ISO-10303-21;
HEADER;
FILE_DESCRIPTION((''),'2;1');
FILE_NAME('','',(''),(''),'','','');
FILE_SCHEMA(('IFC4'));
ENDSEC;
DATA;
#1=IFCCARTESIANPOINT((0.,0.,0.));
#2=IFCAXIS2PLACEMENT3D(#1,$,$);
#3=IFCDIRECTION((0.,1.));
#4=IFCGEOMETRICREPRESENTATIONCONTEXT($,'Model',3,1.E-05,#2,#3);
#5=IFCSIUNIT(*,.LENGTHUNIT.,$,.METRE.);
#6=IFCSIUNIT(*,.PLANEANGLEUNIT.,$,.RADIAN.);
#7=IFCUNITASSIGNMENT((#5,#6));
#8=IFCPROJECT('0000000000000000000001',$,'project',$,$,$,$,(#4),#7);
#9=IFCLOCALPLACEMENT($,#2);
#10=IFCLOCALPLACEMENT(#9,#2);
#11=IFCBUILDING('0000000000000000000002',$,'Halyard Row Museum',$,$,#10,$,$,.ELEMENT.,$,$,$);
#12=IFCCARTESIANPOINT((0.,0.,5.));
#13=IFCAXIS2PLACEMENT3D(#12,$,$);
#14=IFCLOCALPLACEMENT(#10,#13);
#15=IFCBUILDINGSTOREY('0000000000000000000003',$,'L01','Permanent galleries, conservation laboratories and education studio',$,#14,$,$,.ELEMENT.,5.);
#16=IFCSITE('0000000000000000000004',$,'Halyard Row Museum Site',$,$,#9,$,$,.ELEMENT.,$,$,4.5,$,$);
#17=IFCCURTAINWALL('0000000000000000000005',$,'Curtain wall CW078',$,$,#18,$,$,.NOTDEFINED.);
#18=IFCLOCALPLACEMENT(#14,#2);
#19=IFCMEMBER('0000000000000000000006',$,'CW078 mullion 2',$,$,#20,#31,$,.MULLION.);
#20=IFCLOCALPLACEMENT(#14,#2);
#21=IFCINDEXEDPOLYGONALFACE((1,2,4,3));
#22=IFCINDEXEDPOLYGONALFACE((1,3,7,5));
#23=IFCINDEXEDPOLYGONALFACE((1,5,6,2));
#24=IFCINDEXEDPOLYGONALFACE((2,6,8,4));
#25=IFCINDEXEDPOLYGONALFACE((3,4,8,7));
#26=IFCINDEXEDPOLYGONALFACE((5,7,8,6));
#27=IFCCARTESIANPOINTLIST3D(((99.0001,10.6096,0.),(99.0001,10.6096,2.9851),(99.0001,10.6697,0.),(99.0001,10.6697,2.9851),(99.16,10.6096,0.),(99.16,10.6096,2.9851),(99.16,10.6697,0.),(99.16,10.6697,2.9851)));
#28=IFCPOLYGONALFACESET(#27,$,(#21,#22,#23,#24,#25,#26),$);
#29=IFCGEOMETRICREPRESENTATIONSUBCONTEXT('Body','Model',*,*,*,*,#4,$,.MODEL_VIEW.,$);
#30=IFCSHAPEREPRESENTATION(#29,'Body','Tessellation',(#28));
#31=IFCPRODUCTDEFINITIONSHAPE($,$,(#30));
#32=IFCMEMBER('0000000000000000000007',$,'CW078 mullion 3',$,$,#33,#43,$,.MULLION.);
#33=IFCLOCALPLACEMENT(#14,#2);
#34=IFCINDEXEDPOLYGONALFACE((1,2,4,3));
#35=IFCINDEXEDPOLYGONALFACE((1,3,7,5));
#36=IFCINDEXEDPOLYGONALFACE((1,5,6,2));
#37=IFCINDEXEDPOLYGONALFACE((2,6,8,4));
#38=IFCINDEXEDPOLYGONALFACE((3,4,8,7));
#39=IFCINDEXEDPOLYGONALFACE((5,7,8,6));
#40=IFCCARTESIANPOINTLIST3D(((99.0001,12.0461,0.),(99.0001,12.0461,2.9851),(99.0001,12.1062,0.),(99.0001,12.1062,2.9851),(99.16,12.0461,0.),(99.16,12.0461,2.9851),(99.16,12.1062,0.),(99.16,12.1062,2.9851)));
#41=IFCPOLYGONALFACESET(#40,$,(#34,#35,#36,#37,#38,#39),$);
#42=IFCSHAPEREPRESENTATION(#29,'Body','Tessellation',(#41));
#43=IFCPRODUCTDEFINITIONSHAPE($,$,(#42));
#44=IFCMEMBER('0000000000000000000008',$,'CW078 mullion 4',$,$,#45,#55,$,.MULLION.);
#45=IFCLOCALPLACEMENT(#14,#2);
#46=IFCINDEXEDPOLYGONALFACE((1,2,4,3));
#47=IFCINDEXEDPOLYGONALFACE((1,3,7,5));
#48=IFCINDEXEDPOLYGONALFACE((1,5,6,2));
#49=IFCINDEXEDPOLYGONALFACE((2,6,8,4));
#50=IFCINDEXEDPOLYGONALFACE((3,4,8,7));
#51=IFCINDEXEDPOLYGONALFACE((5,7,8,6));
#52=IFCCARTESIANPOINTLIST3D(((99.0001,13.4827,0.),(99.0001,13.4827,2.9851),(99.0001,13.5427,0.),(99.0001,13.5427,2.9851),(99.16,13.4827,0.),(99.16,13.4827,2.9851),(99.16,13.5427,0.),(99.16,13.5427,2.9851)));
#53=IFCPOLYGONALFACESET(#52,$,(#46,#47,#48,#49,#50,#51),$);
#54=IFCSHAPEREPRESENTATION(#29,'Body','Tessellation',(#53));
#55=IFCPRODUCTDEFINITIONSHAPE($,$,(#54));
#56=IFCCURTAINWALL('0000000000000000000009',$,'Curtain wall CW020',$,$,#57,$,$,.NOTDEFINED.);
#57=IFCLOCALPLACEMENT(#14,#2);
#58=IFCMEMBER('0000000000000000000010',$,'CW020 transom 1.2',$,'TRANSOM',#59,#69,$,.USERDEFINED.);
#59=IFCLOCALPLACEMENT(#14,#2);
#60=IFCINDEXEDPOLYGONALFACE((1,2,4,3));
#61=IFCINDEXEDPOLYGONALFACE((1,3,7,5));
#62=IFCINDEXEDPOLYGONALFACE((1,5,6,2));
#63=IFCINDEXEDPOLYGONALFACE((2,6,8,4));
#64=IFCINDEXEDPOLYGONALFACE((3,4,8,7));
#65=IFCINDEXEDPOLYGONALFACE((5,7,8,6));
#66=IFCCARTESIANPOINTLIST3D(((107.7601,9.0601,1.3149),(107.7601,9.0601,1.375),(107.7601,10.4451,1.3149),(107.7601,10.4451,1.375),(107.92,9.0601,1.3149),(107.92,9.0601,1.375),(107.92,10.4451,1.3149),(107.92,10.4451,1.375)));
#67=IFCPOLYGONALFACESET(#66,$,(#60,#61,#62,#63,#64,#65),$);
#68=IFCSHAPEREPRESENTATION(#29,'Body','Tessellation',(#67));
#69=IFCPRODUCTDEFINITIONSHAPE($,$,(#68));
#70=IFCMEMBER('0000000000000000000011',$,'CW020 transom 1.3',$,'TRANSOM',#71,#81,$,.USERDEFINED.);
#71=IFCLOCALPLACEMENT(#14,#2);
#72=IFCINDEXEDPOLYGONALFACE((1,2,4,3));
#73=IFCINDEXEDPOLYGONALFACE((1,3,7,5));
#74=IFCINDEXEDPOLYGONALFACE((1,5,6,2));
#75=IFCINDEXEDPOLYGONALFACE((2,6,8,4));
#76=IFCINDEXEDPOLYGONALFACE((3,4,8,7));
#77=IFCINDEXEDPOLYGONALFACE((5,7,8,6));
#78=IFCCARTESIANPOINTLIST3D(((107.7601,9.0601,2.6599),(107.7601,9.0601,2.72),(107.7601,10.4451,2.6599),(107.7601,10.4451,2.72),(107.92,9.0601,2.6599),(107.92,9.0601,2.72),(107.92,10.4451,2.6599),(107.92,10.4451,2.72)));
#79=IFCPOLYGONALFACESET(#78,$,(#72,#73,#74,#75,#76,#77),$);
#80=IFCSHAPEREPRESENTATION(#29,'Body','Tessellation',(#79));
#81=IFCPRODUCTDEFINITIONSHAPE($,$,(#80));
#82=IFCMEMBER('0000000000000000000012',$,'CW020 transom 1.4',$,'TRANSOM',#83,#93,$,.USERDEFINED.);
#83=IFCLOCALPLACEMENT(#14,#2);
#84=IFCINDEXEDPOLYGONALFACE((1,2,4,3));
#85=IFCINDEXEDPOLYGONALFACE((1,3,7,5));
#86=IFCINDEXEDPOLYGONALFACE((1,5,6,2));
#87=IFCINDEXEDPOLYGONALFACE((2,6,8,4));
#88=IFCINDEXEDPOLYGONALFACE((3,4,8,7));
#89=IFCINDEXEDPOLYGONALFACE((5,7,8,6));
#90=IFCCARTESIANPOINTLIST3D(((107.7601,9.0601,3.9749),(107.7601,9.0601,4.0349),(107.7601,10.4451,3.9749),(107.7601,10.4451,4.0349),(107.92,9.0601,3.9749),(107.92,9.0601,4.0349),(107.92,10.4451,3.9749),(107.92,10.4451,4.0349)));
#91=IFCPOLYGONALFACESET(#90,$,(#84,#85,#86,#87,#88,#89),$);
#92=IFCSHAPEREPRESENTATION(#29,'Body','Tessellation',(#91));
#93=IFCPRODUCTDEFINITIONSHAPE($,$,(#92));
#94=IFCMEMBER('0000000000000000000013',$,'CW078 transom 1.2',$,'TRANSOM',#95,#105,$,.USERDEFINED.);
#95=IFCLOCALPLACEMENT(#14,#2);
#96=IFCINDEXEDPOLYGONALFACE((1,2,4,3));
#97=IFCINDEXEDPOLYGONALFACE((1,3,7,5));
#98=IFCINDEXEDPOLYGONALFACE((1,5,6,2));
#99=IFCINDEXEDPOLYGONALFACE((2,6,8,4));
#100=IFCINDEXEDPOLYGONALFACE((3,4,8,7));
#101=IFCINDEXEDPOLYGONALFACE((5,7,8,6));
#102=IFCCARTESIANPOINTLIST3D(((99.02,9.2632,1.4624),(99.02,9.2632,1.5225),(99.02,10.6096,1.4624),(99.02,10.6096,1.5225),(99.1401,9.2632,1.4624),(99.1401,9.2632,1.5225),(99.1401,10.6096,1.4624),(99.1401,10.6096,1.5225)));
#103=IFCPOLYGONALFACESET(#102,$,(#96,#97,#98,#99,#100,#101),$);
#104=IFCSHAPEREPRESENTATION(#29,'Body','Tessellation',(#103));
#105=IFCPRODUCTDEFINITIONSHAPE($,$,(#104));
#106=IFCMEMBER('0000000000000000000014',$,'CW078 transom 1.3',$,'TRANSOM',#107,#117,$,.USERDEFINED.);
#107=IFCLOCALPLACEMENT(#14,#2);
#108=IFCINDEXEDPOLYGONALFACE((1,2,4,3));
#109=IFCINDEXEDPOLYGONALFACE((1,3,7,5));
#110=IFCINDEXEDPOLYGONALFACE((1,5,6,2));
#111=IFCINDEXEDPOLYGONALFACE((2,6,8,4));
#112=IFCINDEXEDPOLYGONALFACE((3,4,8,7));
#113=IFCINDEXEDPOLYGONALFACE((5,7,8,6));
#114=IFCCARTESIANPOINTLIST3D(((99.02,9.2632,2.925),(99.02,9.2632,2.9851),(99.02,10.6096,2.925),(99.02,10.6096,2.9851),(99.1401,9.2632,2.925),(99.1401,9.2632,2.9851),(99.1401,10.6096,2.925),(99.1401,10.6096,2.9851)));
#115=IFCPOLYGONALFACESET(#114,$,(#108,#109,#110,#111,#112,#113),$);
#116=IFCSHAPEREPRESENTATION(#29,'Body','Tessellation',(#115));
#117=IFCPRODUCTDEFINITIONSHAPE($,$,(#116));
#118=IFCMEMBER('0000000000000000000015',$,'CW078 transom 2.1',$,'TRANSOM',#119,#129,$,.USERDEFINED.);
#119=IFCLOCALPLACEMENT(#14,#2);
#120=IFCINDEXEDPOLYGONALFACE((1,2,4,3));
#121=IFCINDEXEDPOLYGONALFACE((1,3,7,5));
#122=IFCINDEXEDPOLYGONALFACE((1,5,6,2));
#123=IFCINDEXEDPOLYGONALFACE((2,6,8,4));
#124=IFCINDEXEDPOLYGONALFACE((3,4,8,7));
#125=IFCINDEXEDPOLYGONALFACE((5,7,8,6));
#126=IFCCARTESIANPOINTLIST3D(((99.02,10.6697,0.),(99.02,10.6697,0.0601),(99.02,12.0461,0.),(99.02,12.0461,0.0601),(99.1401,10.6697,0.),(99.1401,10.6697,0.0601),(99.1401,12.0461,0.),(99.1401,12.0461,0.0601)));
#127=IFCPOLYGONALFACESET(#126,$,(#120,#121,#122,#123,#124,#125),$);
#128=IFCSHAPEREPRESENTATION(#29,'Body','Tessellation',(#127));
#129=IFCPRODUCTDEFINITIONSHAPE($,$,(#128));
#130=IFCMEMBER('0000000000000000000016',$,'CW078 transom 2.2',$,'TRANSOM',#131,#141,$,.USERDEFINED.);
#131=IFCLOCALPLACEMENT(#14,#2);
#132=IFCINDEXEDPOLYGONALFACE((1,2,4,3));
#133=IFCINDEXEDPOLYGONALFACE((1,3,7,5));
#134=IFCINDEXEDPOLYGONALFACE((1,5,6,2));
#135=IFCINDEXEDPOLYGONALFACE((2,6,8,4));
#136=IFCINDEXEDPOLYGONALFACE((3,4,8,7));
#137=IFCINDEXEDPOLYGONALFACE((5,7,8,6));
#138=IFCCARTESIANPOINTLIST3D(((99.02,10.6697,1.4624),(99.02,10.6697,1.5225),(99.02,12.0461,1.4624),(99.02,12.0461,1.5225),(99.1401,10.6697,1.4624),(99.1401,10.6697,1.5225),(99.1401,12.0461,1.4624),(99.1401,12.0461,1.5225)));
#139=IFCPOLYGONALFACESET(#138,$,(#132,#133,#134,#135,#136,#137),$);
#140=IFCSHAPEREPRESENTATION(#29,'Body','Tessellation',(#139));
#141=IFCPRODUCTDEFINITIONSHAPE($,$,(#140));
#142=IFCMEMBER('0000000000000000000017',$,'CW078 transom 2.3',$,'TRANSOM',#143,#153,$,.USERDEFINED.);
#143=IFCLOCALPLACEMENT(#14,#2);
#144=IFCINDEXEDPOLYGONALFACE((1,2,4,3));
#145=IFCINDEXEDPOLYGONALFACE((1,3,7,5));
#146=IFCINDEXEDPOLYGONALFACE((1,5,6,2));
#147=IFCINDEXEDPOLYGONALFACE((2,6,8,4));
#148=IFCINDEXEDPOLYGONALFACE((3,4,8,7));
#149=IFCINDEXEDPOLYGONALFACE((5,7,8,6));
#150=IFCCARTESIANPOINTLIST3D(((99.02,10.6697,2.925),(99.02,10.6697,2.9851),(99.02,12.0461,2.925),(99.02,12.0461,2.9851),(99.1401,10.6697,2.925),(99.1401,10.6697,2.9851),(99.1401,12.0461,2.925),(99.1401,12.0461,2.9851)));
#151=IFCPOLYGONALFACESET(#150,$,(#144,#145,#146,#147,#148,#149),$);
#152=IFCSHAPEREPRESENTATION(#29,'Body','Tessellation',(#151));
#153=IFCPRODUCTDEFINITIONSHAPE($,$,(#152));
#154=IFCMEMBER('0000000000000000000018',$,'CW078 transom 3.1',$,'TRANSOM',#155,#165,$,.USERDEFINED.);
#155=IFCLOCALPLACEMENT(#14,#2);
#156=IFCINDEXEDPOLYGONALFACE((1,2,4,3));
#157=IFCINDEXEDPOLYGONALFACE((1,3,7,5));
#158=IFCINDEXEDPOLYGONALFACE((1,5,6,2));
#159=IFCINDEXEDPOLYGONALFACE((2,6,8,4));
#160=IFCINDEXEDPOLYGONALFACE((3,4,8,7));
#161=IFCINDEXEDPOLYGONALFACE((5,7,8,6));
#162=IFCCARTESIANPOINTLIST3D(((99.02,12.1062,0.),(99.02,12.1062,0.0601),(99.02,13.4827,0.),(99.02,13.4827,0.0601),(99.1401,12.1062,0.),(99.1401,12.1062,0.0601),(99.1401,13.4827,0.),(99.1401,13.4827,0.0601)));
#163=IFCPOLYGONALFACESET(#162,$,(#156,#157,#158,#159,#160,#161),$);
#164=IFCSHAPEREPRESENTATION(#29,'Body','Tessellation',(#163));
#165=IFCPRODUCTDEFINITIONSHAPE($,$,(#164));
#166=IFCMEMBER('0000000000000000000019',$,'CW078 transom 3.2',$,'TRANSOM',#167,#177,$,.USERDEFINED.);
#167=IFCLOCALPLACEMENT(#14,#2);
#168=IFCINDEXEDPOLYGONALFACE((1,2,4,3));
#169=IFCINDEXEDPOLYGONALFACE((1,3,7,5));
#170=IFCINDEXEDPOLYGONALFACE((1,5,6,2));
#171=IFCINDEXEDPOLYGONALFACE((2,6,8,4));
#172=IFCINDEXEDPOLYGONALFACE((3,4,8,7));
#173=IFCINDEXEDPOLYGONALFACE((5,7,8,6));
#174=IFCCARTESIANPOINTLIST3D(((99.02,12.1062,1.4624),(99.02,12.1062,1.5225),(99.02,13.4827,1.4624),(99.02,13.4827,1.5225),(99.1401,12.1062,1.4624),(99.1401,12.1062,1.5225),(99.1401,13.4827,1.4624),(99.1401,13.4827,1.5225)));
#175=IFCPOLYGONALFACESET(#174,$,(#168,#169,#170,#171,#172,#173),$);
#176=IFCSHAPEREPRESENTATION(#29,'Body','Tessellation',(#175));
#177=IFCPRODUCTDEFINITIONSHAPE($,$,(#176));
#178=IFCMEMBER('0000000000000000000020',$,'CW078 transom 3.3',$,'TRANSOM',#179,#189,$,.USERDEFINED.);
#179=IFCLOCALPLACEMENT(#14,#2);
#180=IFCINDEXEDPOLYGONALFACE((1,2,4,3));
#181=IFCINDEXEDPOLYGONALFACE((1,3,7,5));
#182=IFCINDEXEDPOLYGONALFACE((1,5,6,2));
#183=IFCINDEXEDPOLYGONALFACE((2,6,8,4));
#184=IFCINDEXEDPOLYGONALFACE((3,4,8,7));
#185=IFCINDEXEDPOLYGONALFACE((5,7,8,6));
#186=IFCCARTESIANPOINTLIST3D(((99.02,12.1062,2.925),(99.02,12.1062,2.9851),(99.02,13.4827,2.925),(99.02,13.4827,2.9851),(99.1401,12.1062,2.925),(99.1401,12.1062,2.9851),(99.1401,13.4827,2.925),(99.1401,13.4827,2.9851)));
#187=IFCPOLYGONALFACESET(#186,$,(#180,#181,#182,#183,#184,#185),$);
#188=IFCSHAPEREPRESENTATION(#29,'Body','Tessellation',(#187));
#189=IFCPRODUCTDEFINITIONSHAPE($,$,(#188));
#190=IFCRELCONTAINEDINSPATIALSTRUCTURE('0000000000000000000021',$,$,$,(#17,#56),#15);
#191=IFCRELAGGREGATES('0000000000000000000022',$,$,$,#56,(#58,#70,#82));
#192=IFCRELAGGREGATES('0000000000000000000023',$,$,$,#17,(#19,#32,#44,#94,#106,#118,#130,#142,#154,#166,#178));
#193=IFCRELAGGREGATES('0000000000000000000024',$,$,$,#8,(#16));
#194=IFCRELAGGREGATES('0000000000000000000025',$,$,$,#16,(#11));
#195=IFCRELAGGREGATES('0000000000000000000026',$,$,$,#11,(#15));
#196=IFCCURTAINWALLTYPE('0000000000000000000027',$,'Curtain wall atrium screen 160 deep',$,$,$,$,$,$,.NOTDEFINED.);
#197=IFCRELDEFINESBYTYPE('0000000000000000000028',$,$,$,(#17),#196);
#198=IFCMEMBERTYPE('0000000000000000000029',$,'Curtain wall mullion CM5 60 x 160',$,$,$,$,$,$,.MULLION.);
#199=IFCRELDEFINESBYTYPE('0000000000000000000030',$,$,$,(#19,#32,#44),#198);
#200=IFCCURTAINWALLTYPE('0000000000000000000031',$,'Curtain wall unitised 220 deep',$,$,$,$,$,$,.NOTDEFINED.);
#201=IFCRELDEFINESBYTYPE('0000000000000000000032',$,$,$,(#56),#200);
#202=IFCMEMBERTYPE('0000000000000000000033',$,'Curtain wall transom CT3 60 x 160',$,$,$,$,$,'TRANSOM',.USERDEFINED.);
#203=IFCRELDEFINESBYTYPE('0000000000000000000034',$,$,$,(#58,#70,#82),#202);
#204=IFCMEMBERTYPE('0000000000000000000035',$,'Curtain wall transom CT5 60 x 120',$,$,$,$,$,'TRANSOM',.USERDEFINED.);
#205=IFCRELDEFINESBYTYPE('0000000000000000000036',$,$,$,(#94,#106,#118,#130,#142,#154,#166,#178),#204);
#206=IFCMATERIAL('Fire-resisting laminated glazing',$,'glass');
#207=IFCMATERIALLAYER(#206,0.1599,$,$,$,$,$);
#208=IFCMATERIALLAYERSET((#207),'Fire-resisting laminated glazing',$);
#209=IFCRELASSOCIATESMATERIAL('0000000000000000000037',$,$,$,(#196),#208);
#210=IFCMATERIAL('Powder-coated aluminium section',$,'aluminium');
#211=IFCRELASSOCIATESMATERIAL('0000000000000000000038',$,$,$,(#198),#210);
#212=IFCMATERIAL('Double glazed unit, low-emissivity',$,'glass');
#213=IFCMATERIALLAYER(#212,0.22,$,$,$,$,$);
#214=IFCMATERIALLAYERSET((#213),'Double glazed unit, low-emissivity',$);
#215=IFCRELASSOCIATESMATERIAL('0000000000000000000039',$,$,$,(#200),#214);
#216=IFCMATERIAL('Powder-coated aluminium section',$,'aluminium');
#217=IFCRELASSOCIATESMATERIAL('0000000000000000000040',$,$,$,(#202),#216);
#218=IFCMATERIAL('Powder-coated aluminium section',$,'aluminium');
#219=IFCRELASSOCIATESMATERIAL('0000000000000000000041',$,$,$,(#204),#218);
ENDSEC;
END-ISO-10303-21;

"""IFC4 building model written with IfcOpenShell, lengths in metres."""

from ifc_helpers import new_model, si_unit, direction, frame, origin, origin_2d, place, context, subcontext, project, spatial, rectangle, extrude, material, layer, layer_set, material_profile, profile_set, type_object, element, aggregate, save


model = new_model("IFC4")

# Units and contexts
model_context = context("Model", 3, precision=1e-05, world=origin(), true_north=direction((0.0, 1.0)))
body_context = subcontext(model_context, "Body", "Model", "MODEL_VIEW")
ifc_project = project(units=[si_unit("LENGTHUNIT", "METRE"), si_unit("PLANEANGLEUNIT", "RADIAN")], contexts=[model_context])

# Site, building, storey
site_placement = place(None, origin())
site = spatial("IfcSite", under=ifc_project, at=site_placement, Name="Halyard Row Museum Site", CompositionType="ELEMENT", RefElevation=4.5)
building_placement = place(site_placement, origin())
building = spatial("IfcBuilding", under=site, at=building_placement, Name="Halyard Row Museum", CompositionType="ELEMENT")
storey_placement = place(building_placement, frame((0.0, 0.0, 5.0)))
storey = spatial("IfcBuildingStorey", under=building, at=storey_placement, Name="L01", Description="Permanent galleries, conservation laboratories and education studio", CompositionType="ELEMENT", Elevation=5.0)

# Curtain walls, members
ifc_material_1 = material(Name="Fire-resisting laminated glazing", Category="glass")
ifc_layer_1 = layer(ifc_material_1, 0.1599)
ifc_layer_set_1 = layer_set([ifc_layer_1], Name="Fire-resisting laminated glazing")
curtain_wall_type_1 = type_object("IfcCurtainWallType", Name="Curtain wall atrium screen 160 deep", PredefinedType="NOTDEFINED", material=ifc_layer_set_1)
curtain_wall_1_placement = place(storey_placement, origin())
curtain_wall_1 = element("IfcCurtainWall", 1, at=curtain_wall_1_placement, inside=storey, type_object=curtain_wall_type_1, Name="Curtain wall CW078", PredefinedType="NOTDEFINED")
ifc_material_2 = material(Name="Powder-coated aluminium section", Category="aluminium")
ifc_material_profile_1 = material_profile(ifc_material_2, rectangle(XDim=0.1599, YDim=0.0601, at=origin_2d()), Name="160x60 mullion")
ifc_profile_set_1 = profile_set([ifc_material_profile_1], Name="Powder-coated aluminium section")
member_type_1 = type_object("IfcMemberType", Name="Curtain wall mullion CM5 60 x 160", PredefinedType="MULLION", material=ifc_profile_set_1)
member_1_placement = place(storey_placement, frame((99.0801, 10.6396, 0.0), z_axis=(0.0, 0.0, 1.0), x_axis=(-1.0, 0.0, 0.0)))
member_1 = element("IfcMember", 2, at=member_1_placement, type_object=member_type_1, Name="CW078 mullion 2", PredefinedType="MULLION", context=body_context, shape_type="SweptSolid", body=[
    extrude(rectangle(XDim=0.1599, YDim=0.0601, at=origin_2d()), origin(), (0.0, 0.0, 1.0), 2.9851),
])
member_2_placement = place(storey_placement, frame((99.0801, 12.0762, 0.0), z_axis=(0.0, 0.0, 1.0), x_axis=(-1.0, 0.0, 0.0)))
member_2 = element("IfcMember", 3, at=member_2_placement, type_object=member_type_1, Name="CW078 mullion 3", PredefinedType="MULLION", context=body_context, shape_type="SweptSolid", body=[
    extrude(rectangle(XDim=0.1599, YDim=0.0601, at=origin_2d()), origin(), (0.0, 0.0, 1.0), 2.9851),
])
member_3_placement = place(storey_placement, frame((99.0801, 13.5127, 0.0), z_axis=(0.0, 0.0, 1.0), x_axis=(-1.0, 0.0, 0.0)))
member_3 = element("IfcMember", 4, at=member_3_placement, type_object=member_type_1, Name="CW078 mullion 4", PredefinedType="MULLION", context=body_context, shape_type="SweptSolid", body=[
    extrude(rectangle(XDim=0.1599, YDim=0.0601, at=origin_2d()), origin(), (0.0, 0.0, 1.0), 2.9851),
])
ifc_material_3 = material(Name="Double glazed unit, low-emissivity", Category="glass")
ifc_layer_2 = layer(ifc_material_3, 0.22)
ifc_layer_set_2 = layer_set([ifc_layer_2], Name="Double glazed unit, low-emissivity")
curtain_wall_type_2 = type_object("IfcCurtainWallType", Name="Curtain wall unitised 220 deep", PredefinedType="NOTDEFINED", material=ifc_layer_set_2)
curtain_wall_2_placement = place(storey_placement, origin())
curtain_wall_2 = element("IfcCurtainWall", 5, at=curtain_wall_2_placement, inside=storey, type_object=curtain_wall_type_2, Name="Curtain wall CW020", PredefinedType="NOTDEFINED")
ifc_material_4 = material(Name="Powder-coated aluminium section", Category="aluminium")
ifc_material_profile_2 = material_profile(ifc_material_4, rectangle(XDim=0.1599, YDim=0.0601, at=origin_2d()), Name="160x60 transom")
ifc_profile_set_2 = profile_set([ifc_material_profile_2], Name="Powder-coated aluminium section")
member_type_2 = type_object("IfcMemberType", Name="Curtain wall transom CT3 60 x 160", ElementType="TRANSOM", PredefinedType="USERDEFINED", material=ifc_profile_set_2)
member_4_placement = place(storey_placement, frame((107.8401, 9.0601, 1.345), z_axis=(0.0, 1.0, 0.0), x_axis=(-1.0, 0.0, 0.0)))
member_4 = element("IfcMember", 6, at=member_4_placement, type_object=member_type_2, Name="CW020 transom 1.2", ObjectType="TRANSOM", PredefinedType="USERDEFINED", context=body_context, shape_type="SweptSolid", body=[
    extrude(rectangle(XDim=0.1599, YDim=0.0601, at=origin_2d()), origin(), (0.0, 0.0, 1.0), 1.385),
])
member_5_placement = place(storey_placement, frame((107.8401, 9.0601, 2.6899), z_axis=(0.0, 1.0, 0.0), x_axis=(-1.0, 0.0, 0.0)))
member_5 = element("IfcMember", 7, at=member_5_placement, type_object=member_type_2, Name="CW020 transom 1.3", ObjectType="TRANSOM", PredefinedType="USERDEFINED", context=body_context, shape_type="SweptSolid", body=[
    extrude(rectangle(XDim=0.1599, YDim=0.0601, at=origin_2d()), origin(), (0.0, 0.0, 1.0), 1.385),
])
member_6_placement = place(storey_placement, frame((107.8401, 9.0601, 4.0049), z_axis=(0.0, 1.0, 0.0), x_axis=(-1.0, 0.0, 0.0)))
member_6 = element("IfcMember", 8, at=member_6_placement, type_object=member_type_2, Name="CW020 transom 1.4", ObjectType="TRANSOM", PredefinedType="USERDEFINED", context=body_context, shape_type="SweptSolid", body=[
    extrude(rectangle(XDim=0.1599, YDim=0.0601, at=origin_2d()), origin(), (0.0, 0.0, 1.0), 1.385),
])

# Members
ifc_material_5 = material(Name="Powder-coated aluminium section", Category="aluminium")
ifc_material_profile_3 = material_profile(ifc_material_5, rectangle(XDim=0.1201, YDim=0.0601, at=origin_2d()), Name="120x60 transom")
ifc_profile_set_3 = profile_set([ifc_material_profile_3], Name="Powder-coated aluminium section")
member_type_3 = type_object("IfcMemberType", Name="Curtain wall transom CT5 60 x 120", ElementType="TRANSOM", PredefinedType="USERDEFINED", material=ifc_profile_set_3)
member_7_placement = place(storey_placement, frame((99.0801, 9.2632, 1.4924), z_axis=(0.0, 1.0, 0.0), x_axis=(-1.0, 0.0, 0.0)))
member_7 = element("IfcMember", 9, at=member_7_placement, type_object=member_type_3, Name="CW078 transom 1.2", ObjectType="TRANSOM", PredefinedType="USERDEFINED", context=body_context, shape_type="SweptSolid", body=[
    extrude(rectangle(XDim=0.1201, YDim=0.0601, at=origin_2d()), origin(), (0.0, 0.0, 1.0), 1.3464),
])
member_8_placement = place(storey_placement, frame((99.0801, 9.2632, 2.9551), z_axis=(0.0, 1.0, 0.0), x_axis=(-1.0, 0.0, 0.0)))
member_8 = element("IfcMember", 10, at=member_8_placement, type_object=member_type_3, Name="CW078 transom 1.3", ObjectType="TRANSOM", PredefinedType="USERDEFINED", context=body_context, shape_type="SweptSolid", body=[
    extrude(rectangle(XDim=0.1201, YDim=0.0601, at=origin_2d()), origin(), (0.0, 0.0, 1.0), 1.3464),
])
member_9_placement = place(storey_placement, frame((99.0801, 10.6697, 0.03), z_axis=(0.0, 1.0, 0.0), x_axis=(-1.0, 0.0, 0.0)))
member_9 = element("IfcMember", 11, at=member_9_placement, type_object=member_type_3, Name="CW078 transom 2.1", ObjectType="TRANSOM", PredefinedType="USERDEFINED", context=body_context, shape_type="SweptSolid", body=[
    extrude(rectangle(XDim=0.1201, YDim=0.0601, at=origin_2d()), origin(), (0.0, 0.0, 1.0), 1.3765),
])
member_10_placement = place(storey_placement, frame((99.0801, 10.6697, 1.4924), z_axis=(0.0, 1.0, 0.0), x_axis=(-1.0, 0.0, 0.0)))
member_10 = element("IfcMember", 12, at=member_10_placement, type_object=member_type_3, Name="CW078 transom 2.2", ObjectType="TRANSOM", PredefinedType="USERDEFINED", context=body_context, shape_type="SweptSolid", body=[
    extrude(rectangle(XDim=0.1201, YDim=0.0601, at=origin_2d()), origin(), (0.0, 0.0, 1.0), 1.3765),
])
member_11_placement = place(storey_placement, frame((99.0801, 10.6697, 2.9551), z_axis=(0.0, 1.0, 0.0), x_axis=(-1.0, 0.0, 0.0)))
member_11 = element("IfcMember", 13, at=member_11_placement, type_object=member_type_3, Name="CW078 transom 2.3", ObjectType="TRANSOM", PredefinedType="USERDEFINED", context=body_context, shape_type="SweptSolid", body=[
    extrude(rectangle(XDim=0.1201, YDim=0.0601, at=origin_2d()), origin(), (0.0, 0.0, 1.0), 1.3765),
])
member_12_placement = place(storey_placement, frame((99.0801, 12.1062, 0.03), z_axis=(0.0, 1.0, 0.0), x_axis=(-1.0, 0.0, 0.0)))
member_12 = element("IfcMember", 14, at=member_12_placement, type_object=member_type_3, Name="CW078 transom 3.1", ObjectType="TRANSOM", PredefinedType="USERDEFINED", context=body_context, shape_type="SweptSolid", body=[
    extrude(rectangle(XDim=0.1201, YDim=0.0601, at=origin_2d()), origin(), (0.0, 0.0, 1.0), 1.3765),
])
member_13_placement = place(storey_placement, frame((99.0801, 12.1062, 1.4924), z_axis=(0.0, 1.0, 0.0), x_axis=(-1.0, 0.0, 0.0)))
member_13 = element("IfcMember", 15, at=member_13_placement, type_object=member_type_3, Name="CW078 transom 3.2", ObjectType="TRANSOM", PredefinedType="USERDEFINED", context=body_context, shape_type="SweptSolid", body=[
    extrude(rectangle(XDim=0.1201, YDim=0.0601, at=origin_2d()), origin(), (0.0, 0.0, 1.0), 1.3765),
])
member_14_placement = place(storey_placement, frame((99.0801, 12.1062, 2.9551), z_axis=(0.0, 1.0, 0.0), x_axis=(-1.0, 0.0, 0.0)))
member_14 = element("IfcMember", 16, at=member_14_placement, type_object=member_type_3, Name="CW078 transom 3.3", ObjectType="TRANSOM", PredefinedType="USERDEFINED", context=body_context, shape_type="SweptSolid", body=[
    extrude(rectangle(XDim=0.1201, YDim=0.0601, at=origin_2d()), origin(), (0.0, 0.0, 1.0), 1.3765),
])

aggregate(curtain_wall_2, [member_4, member_5, member_6])
aggregate(curtain_wall_1, [member_1, member_2, member_3, member_7, member_8, member_9, member_10, member_11, member_12, member_13, member_14])

save(model, "model.ifc")
